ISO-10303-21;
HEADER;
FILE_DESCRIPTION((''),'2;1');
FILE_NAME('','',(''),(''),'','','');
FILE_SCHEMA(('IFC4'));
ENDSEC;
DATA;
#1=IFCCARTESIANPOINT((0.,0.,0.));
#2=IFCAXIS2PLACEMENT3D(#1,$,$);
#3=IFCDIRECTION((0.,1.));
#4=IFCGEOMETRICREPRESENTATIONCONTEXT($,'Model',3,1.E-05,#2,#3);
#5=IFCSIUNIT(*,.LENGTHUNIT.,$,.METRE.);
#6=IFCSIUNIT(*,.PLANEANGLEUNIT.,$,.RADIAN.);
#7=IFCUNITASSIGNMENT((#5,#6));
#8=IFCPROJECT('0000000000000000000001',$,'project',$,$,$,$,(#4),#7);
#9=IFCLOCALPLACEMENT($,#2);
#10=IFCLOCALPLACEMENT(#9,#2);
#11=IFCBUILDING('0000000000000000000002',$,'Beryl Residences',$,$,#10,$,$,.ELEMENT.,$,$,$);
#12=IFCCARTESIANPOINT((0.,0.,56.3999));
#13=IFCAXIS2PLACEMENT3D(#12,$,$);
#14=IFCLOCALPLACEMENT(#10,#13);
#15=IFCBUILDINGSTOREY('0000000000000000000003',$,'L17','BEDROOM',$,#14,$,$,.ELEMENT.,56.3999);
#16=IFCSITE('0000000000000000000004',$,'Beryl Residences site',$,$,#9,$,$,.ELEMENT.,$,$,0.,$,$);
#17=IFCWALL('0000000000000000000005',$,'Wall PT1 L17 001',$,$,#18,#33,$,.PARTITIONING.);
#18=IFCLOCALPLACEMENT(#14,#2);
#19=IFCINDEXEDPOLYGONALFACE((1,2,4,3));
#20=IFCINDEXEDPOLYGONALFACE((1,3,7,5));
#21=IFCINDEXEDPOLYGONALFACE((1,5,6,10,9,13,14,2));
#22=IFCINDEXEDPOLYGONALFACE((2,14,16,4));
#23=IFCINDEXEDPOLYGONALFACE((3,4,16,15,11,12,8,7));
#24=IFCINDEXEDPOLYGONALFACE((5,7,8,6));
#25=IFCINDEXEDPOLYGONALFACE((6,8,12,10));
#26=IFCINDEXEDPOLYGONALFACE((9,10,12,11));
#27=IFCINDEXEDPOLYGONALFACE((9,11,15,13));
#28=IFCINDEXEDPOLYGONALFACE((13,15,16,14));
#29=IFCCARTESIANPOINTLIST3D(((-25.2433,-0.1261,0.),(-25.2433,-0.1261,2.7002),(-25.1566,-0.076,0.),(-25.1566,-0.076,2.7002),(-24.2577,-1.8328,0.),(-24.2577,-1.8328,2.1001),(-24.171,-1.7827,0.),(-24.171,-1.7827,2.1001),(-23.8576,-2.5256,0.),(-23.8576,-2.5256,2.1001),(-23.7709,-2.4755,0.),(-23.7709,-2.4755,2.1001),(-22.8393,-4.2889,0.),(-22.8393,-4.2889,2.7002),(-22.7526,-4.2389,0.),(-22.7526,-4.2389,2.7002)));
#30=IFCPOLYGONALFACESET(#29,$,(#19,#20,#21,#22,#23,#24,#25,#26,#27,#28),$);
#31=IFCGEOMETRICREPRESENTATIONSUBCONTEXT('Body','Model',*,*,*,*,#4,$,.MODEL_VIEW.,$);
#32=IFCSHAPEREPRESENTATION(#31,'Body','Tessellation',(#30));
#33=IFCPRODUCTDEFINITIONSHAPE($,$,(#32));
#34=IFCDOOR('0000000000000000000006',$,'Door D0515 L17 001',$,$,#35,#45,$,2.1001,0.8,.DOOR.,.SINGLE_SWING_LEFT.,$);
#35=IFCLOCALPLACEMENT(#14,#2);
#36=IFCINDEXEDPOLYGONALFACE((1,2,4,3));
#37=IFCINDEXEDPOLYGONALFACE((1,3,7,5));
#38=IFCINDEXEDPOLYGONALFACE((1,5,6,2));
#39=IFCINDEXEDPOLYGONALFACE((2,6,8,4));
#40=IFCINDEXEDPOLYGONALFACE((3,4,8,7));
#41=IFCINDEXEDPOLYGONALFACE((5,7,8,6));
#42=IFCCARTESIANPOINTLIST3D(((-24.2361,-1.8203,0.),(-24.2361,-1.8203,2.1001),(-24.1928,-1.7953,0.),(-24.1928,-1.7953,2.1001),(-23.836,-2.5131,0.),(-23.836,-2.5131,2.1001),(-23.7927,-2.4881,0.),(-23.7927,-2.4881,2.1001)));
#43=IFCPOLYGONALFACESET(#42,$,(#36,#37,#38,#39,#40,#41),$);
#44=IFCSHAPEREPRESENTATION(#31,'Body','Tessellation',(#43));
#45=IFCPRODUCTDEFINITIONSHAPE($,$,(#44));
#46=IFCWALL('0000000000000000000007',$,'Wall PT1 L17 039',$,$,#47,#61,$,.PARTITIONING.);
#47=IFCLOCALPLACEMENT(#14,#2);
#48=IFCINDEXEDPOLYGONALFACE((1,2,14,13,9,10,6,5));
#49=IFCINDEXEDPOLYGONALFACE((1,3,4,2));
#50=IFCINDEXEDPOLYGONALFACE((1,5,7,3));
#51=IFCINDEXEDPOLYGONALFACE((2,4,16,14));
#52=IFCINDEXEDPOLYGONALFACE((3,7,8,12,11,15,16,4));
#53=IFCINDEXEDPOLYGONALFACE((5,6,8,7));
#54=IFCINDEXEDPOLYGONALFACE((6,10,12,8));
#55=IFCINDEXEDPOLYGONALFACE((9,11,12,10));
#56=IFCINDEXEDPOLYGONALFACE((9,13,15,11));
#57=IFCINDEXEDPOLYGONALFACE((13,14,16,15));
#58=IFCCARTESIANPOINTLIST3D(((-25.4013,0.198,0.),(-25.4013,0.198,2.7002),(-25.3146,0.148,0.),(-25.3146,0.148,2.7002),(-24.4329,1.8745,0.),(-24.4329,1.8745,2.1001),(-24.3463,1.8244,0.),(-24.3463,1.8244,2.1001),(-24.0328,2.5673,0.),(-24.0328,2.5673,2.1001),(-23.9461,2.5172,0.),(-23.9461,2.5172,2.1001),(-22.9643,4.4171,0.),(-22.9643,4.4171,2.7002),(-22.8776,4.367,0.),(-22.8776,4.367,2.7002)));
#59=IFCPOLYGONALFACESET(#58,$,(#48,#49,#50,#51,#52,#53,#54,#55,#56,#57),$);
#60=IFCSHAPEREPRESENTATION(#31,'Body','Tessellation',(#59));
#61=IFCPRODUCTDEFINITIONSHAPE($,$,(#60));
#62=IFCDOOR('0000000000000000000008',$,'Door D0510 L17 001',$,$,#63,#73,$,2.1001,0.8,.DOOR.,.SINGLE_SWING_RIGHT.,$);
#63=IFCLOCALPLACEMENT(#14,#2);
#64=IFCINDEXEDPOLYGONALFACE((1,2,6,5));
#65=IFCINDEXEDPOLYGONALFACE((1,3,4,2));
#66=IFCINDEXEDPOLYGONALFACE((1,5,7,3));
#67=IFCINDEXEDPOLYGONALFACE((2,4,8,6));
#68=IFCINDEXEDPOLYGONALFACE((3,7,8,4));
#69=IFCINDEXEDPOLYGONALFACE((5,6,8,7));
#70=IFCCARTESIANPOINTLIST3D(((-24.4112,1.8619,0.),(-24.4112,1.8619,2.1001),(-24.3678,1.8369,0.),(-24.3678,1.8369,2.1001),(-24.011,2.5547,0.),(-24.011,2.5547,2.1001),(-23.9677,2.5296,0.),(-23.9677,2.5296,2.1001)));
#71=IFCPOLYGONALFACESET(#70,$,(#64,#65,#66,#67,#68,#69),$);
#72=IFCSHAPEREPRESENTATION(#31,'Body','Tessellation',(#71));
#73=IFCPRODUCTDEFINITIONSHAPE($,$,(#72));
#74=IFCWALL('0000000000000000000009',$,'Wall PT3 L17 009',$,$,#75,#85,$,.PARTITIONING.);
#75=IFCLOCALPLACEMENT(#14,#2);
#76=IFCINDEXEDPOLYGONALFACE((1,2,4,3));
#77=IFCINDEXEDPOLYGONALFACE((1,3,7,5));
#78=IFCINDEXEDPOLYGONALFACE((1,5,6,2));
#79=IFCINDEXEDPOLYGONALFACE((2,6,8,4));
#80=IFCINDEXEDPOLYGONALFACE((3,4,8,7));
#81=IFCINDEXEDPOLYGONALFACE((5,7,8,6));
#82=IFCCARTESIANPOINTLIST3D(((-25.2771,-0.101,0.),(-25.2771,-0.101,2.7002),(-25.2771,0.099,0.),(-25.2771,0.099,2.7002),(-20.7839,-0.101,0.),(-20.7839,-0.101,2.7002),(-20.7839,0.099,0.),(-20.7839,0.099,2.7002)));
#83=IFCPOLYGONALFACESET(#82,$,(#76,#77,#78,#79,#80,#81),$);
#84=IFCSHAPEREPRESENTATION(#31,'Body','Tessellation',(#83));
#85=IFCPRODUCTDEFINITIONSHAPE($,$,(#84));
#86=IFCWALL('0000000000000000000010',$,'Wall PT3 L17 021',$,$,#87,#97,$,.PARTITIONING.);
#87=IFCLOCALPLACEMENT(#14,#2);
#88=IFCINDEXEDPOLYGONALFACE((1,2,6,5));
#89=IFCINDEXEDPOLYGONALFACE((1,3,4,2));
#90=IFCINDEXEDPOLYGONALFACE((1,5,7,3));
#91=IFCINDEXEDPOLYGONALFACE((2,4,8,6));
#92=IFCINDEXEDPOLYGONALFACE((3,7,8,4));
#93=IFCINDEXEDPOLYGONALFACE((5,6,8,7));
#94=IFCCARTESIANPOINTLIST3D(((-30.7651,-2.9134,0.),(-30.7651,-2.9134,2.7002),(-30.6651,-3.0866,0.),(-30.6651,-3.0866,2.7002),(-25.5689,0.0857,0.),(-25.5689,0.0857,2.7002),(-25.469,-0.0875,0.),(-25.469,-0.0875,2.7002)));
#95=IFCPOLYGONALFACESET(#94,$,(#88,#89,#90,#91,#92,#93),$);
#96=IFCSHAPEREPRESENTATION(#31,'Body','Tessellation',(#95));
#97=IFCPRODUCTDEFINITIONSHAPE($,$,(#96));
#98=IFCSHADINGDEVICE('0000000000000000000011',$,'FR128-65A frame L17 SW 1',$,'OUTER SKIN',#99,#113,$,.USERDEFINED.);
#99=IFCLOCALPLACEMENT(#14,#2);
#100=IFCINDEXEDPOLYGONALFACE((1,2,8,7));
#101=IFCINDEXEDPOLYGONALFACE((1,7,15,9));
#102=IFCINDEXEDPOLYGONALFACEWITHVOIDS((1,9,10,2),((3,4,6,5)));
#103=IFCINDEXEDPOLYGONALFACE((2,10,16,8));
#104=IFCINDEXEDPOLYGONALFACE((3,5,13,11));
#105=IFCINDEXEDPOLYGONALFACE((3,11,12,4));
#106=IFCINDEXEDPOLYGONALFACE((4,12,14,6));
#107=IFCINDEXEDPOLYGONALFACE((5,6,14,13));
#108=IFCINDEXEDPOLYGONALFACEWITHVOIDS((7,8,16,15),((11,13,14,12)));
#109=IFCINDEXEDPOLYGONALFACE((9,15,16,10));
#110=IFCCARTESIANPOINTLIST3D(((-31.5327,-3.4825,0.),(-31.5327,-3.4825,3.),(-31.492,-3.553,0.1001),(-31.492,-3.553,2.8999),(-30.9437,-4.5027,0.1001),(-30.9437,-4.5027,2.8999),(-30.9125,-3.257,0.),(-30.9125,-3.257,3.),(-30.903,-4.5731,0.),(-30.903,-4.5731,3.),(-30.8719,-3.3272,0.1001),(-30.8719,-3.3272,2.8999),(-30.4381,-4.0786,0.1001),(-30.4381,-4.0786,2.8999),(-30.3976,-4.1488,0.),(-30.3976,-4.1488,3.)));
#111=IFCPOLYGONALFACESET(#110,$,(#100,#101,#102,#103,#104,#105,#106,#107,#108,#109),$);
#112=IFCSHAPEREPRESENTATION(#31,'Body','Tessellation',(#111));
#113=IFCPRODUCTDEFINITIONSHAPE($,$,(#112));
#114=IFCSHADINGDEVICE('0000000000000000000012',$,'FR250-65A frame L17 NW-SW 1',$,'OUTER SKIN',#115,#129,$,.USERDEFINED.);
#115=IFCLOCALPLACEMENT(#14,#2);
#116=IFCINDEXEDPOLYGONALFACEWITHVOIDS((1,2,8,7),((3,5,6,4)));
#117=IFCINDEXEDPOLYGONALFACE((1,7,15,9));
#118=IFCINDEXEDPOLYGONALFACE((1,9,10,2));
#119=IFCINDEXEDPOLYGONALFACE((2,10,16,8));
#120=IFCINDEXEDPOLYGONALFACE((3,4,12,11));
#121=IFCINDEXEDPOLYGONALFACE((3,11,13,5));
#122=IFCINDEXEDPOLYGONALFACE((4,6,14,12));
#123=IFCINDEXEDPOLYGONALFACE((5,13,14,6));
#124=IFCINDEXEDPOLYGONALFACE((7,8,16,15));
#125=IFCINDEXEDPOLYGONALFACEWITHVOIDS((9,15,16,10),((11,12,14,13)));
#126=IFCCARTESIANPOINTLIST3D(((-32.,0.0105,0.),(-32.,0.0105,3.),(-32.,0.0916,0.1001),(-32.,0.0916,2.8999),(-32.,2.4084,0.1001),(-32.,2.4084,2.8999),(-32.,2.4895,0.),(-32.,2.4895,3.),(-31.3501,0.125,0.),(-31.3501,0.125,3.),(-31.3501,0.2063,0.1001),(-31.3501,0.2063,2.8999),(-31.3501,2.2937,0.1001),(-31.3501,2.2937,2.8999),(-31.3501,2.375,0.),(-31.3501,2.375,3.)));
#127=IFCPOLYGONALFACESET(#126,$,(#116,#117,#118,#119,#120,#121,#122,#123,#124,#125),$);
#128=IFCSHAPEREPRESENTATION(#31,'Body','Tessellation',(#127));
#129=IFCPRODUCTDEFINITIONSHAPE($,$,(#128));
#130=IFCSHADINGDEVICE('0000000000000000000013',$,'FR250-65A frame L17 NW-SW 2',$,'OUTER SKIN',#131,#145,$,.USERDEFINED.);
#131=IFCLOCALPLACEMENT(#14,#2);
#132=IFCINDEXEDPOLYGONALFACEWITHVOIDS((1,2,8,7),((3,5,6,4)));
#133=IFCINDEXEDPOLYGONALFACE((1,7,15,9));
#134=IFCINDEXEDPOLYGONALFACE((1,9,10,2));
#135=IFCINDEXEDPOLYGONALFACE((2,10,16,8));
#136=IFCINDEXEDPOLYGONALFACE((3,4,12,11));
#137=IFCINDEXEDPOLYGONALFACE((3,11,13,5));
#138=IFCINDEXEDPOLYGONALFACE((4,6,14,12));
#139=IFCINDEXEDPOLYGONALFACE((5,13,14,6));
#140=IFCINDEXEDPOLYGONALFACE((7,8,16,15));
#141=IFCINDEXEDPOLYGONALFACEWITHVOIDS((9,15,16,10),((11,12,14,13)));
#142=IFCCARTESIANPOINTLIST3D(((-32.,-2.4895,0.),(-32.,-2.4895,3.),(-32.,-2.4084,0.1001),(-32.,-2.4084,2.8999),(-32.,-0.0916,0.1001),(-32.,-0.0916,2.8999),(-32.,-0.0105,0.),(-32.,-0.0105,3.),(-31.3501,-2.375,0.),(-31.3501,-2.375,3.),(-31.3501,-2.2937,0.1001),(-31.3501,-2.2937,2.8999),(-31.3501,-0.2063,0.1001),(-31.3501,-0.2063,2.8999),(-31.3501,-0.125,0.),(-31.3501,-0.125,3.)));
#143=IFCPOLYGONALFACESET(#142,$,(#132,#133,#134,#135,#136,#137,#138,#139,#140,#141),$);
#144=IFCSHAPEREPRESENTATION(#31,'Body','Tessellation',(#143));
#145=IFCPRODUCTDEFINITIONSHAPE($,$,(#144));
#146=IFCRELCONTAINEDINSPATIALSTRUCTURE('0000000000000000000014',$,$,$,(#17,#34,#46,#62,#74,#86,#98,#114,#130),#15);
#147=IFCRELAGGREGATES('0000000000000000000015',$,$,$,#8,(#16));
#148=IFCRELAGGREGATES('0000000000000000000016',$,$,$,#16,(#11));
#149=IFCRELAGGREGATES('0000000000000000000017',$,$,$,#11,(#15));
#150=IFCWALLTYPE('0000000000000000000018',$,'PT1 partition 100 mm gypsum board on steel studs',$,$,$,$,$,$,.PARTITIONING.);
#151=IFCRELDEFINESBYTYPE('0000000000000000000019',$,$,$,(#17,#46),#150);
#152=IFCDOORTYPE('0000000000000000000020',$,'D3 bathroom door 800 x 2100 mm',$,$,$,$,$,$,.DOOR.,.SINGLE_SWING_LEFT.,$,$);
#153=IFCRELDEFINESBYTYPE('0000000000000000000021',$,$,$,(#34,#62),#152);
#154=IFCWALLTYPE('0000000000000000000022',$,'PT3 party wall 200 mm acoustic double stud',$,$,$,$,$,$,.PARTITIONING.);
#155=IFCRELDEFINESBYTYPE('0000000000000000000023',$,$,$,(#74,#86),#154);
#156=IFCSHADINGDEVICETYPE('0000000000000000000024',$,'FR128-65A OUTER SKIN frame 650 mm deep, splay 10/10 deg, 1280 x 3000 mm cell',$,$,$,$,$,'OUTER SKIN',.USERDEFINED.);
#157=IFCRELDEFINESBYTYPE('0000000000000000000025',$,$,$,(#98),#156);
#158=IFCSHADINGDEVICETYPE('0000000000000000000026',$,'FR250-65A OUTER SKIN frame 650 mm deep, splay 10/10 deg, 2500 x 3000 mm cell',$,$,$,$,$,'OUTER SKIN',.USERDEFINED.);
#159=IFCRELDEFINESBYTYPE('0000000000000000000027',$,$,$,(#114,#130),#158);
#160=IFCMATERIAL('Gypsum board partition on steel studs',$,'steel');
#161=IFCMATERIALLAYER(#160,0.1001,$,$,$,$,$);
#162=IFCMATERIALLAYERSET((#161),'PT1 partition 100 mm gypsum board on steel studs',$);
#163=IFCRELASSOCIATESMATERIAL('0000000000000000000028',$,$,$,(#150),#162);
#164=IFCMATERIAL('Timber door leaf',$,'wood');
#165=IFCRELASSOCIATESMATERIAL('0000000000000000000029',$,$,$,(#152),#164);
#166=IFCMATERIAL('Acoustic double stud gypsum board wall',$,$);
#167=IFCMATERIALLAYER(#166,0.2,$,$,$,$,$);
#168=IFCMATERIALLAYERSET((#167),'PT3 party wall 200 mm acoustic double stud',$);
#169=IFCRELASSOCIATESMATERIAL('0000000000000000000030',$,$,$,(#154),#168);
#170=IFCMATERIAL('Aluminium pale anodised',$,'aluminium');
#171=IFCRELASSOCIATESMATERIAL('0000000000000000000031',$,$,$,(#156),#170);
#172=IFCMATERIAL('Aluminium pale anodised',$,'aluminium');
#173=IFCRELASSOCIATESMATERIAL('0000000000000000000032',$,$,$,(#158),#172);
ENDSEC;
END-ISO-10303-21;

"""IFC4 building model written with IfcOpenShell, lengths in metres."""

from ifc_helpers import new_model, entity, si_unit, direction, frame, frame_2d, origin, place, context, subcontext, project, spatial, rectangle, extrude, source, transform, mapped, material, layer, layer_set, type_object, type_shapes, element, fill, save


model = new_model("IFC4")

# Units and contexts
model_context = context("Model", 3, precision=1e-05, world=origin(), true_north=direction((0.0, 1.0)))
body_context = subcontext(model_context, "Body", "Model", "MODEL_VIEW")
ifc_project = project(units=[si_unit("LENGTHUNIT", "METRE"), si_unit("PLANEANGLEUNIT", "RADIAN")], contexts=[model_context])

# Site, building, storey
site_placement = place(None, origin())
site = spatial("IfcSite", under=ifc_project, at=site_placement, Name="Beryl Residences site", CompositionType="ELEMENT", RefElevation=0.0)
building_placement = place(site_placement, origin())
building = spatial("IfcBuilding", under=site, at=building_placement, Name="Beryl Residences", CompositionType="ELEMENT")
storey_placement = place(building_placement, frame((0.0, 0.0, 56.3999)))
storey = spatial("IfcBuildingStorey", under=building, at=storey_placement, Name="L17", Description="BEDROOM", CompositionType="ELEMENT", Elevation=56.3999)

# Walls, openings, doors
ifc_material_1 = material(Name="Gypsum board partition on steel studs", Category="steel")
ifc_layer_1 = layer(ifc_material_1, 0.1001)
ifc_layer_set_1 = layer_set([ifc_layer_1], Name="PT1 partition 100 mm gypsum board on steel studs")
wall_type_1 = type_object("IfcWallType", Name="PT1 partition 100 mm gypsum board on steel studs", PredefinedType="PARTITIONING", material=ifc_layer_set_1)
wall_1_placement = place(storey_placement, frame((-25.2, -0.1011, 0.0), z_axis=(0.0, 0.0, 1.0), x_axis=(0.500099, -0.865968, 0.0)))
wall_1 = element("IfcWall", 1, at=wall_1_placement, inside=storey, type_object=wall_type_1, Name="Wall PT1 L17 001", PredefinedType="PARTITIONING", context=body_context, shape_type="SweptSolid", body=[
    extrude(rectangle(XDim=4.8071, YDim=0.1001, at=frame_2d((2.4036, 0.0))), origin(), (0.0, 0.0, 1.0), 2.7002),
])
opening_1_placement = place(wall_1_placement, frame((1.9709, 0.0, 0.0)))
opening_1 = element("IfcOpeningElement", 2, at=opening_1_placement, cuts=wall_1, PredefinedType="OPENING", context=body_context, shape_type="SweptSolid", body=[
    extrude(rectangle(XDim=0.8, YDim=2.1001, at=frame_2d((0.3999, 1.05))), frame((0.0, 0.0601, 0.0), z_axis=(0.0, -1.0, 0.0), x_axis=(1.0, 0.0, 0.0)), (0.0, 0.0, 1.0), 0.1201),
])
ifc_material_2 = material(Name="Timber door leaf", Category="wood")
door_type = type_object("IfcDoorType", Name="D3 bathroom door 800 x 2100 mm", OperationType="SINGLE_SWING_LEFT", PredefinedType="DOOR", material=ifc_material_2)
door_1_placement = place(opening_1_placement, origin())
door_1 = element("IfcDoor", 3, at=door_1_placement, inside=storey, type_object=door_type, Name="Door D0515 L17 001", OperationType="SINGLE_SWING_LEFT", OverallHeight=2.1001, OverallWidth=0.8, PredefinedType="DOOR", context=body_context, shape_type="SweptSolid", body=[
    extrude(rectangle(XDim=0.8, YDim=2.1001, at=frame_2d((0.3999, 1.05))), frame((0.0, 0.0249, 0.0), z_axis=(0.0, -1.0, 0.0), x_axis=(1.0, 0.0, 0.0)), (0.0, 0.0, 1.0), 0.05),
])
fill(opening_1, door_1)
wall_2_placement = place(storey_placement, frame((-25.3579, 0.1731, 0.0), z_axis=(0.0, 0.0, 1.0), x_axis=(0.500181, 0.865921, 0.0)))
wall_2 = element("IfcWall", 4, at=wall_2_placement, inside=storey, type_object=wall_type_1, Name="Wall PT1 L17 039", PredefinedType="PARTITIONING", context=body_context, shape_type="SweptSolid", body=[
    extrude(rectangle(XDim=4.8723, YDim=0.1001, at=frame_2d((2.436, 0.0))), origin(), (0.0, 0.0, 1.0), 2.7002),
])
opening_2_placement = place(wall_2_placement, frame((1.936, 0.0, 0.0)))
opening_2 = element("IfcOpeningElement", 5, at=opening_2_placement, cuts=wall_2, PredefinedType="OPENING", context=body_context, shape_type="SweptSolid", body=[
    extrude(rectangle(XDim=0.8, YDim=2.1001, at=frame_2d((0.3999, 1.05))), frame((0.0, 0.0601, 0.0), z_axis=(0.0, -1.0, 0.0), x_axis=(1.0, 0.0, 0.0)), (0.0, 0.0, 1.0), 0.1201),
])
door_2_placement = place(opening_2_placement, origin())
door_2 = element("IfcDoor", 6, at=door_2_placement, inside=storey, type_object=door_type, Name="Door D0510 L17 001", OperationType="SINGLE_SWING_RIGHT", OverallHeight=2.1001, OverallWidth=0.8, PredefinedType="DOOR", context=body_context, shape_type="SweptSolid", body=[
    extrude(rectangle(XDim=0.8, YDim=2.1001, at=frame_2d((0.3999, 1.05))), frame((0.0, 0.0249, 0.0), z_axis=(0.0, -1.0, 0.0), x_axis=(1.0, 0.0, 0.0)), (0.0, 0.0, 1.0), 0.05),
])
fill(opening_2, door_2)

# Walls
ifc_material_3 = material(Name="Acoustic double stud gypsum board wall")
ifc_layer_2 = layer(ifc_material_3, 0.2)
ifc_layer_set_2 = layer_set([ifc_layer_2], Name="PT3 party wall 200 mm acoustic double stud")
wall_type_2 = type_object("IfcWallType", Name="PT3 party wall 200 mm acoustic double stud", PredefinedType="PARTITIONING", material=ifc_layer_set_2)
wall_3_placement = place(storey_placement, frame((-25.2771, -0.001, 0.0), z_axis=(0.0, 0.0, 1.0), x_axis=(1.0, 0.0, 0.0)))
element("IfcWall", 7, at=wall_3_placement, inside=storey, type_object=wall_type_2, Name="Wall PT3 L17 009", PredefinedType="PARTITIONING", context=body_context, shape_type="SweptSolid", body=[
    extrude(rectangle(XDim=4.4932, YDim=0.2, at=frame_2d((2.2466, 0.0))), origin(), (0.0, 0.0, 1.0), 2.7002),
])
wall_4_placement = place(storey_placement, frame((-30.7151, -3.0, 0.0), z_axis=(0.0, 0.0, 1.0), x_axis=(0.866091, 0.499886, 0.0)))
element("IfcWall", 8, at=wall_4_placement, inside=storey, type_object=wall_type_2, Name="Wall PT3 L17 021", PredefinedType="PARTITIONING", context=body_context, shape_type="SweptSolid", body=[
    extrude(rectangle(XDim=5.9995, YDim=0.2, at=frame_2d((2.9998, 0.0))), origin(), (0.0, 0.0, 1.0), 2.7002),
])

# Shading devices
ifc_material_4 = material(Name="Aluminium pale anodised", Category="aluminium")
shading_device_type_1 = type_object("IfcShadingDeviceType", Name="FR128-65A OUTER SKIN frame 650 mm deep, splay 10/10 deg, 1280 x 3000 mm cell", ElementType="OUTER SKIN", PredefinedType="USERDEFINED", material=ifc_material_4)
cartesian_point_1 = entity("IfcCartesianPoint", [-0.5149, 0.0])
cartesian_point_2 = entity("IfcCartesianPoint", [-0.4338, 0.1001])
cartesian_point_3 = entity("IfcCartesianPoint", [-0.6296, 0.0])
cartesian_point_4 = entity("IfcCartesianPoint", [-0.5483, 0.1001])
shared_shape_1 = source(origin(), body_context, "Body", "SweptSolid", [
    entity("IfcExtrudedAreaSolidTapered", entity("IfcArbitraryProfileDefWithVoids", "AREA", None, entity("IfcPolyline", [cartesian_point_1, entity("IfcCartesianPoint", [0.5149, 0.0]), entity("IfcCartesianPoint", [0.5149, 3.0]), entity("IfcCartesianPoint", [-0.5149, 3.0]), cartesian_point_1]), [entity("IfcPolyline", [cartesian_point_2, entity("IfcCartesianPoint", [0.4338, 0.1001]), entity("IfcCartesianPoint", [0.4338, 2.8999]), entity("IfcCartesianPoint", [-0.4338, 2.8999]), cartesian_point_2])]), entity("IfcAxis2Placement3D", entity("IfcCartesianPoint", [0.0, 0.0, 0.0]), entity("IfcDirection", [0.0, 1.0, 0.0]), entity("IfcDirection", [-1.0, 0.0, 0.0])), entity("IfcDirection", [0.0, 0.0, 1.0]), 0.6499, entity("IfcArbitraryProfileDefWithVoids", "AREA", None, entity("IfcPolyline", [cartesian_point_3, entity("IfcCartesianPoint", [0.6296, 0.0]), entity("IfcCartesianPoint", [0.6296, 3.0]), entity("IfcCartesianPoint", [-0.6296, 3.0]), cartesian_point_3]), [entity("IfcPolyline", [cartesian_point_4, entity("IfcCartesianPoint", [0.5483, 0.1001]), entity("IfcCartesianPoint", [0.5483, 2.8999]), entity("IfcCartesianPoint", [-0.5483, 2.8999]), cartesian_point_4])])),
])
type_shapes(shading_device_type_1, [shared_shape_1])
shading_device_placement = place(storey_placement, frame((-30.655, -3.7029, 0.0), z_axis=(0.0, 0.0, 1.0), x_axis=(-0.5, 0.866025, 0.0)))
element("IfcShadingDevice", 9, at=shading_device_placement, inside=storey, type_object=shading_device_type_1, Name="FR128-65A frame L17 SW 1", ObjectType="OUTER SKIN", PredefinedType="USERDEFINED", context=body_context, shape_type="MappedRepresentation", body=[
    mapped(shared_shape_1, transform((0.0, 0.0, 0.0))),
])
ifc_material_5 = material(Name="Aluminium pale anodised", Category="aluminium")
shading_device_type_2 = type_object("IfcShadingDeviceType", Name="FR250-65A OUTER SKIN frame 650 mm deep, splay 10/10 deg, 2500 x 3000 mm cell", ElementType="OUTER SKIN", PredefinedType="USERDEFINED", material=ifc_material_5)
cartesian_point_5 = entity("IfcCartesianPoint", [-1.125, 0.0])
cartesian_point_6 = entity("IfcCartesianPoint", [-1.0437, 0.1001])
cartesian_point_7 = entity("IfcCartesianPoint", [-1.2395, 0.0])
cartesian_point_8 = entity("IfcCartesianPoint", [-1.1584, 0.1001])
shared_shape_2 = source(origin(), body_context, "Body", "SweptSolid", [
    entity("IfcExtrudedAreaSolidTapered", entity("IfcArbitraryProfileDefWithVoids", "AREA", None, entity("IfcPolyline", [cartesian_point_5, entity("IfcCartesianPoint", [1.125, 0.0]), entity("IfcCartesianPoint", [1.125, 3.0]), entity("IfcCartesianPoint", [-1.125, 3.0]), cartesian_point_5]), [entity("IfcPolyline", [cartesian_point_6, entity("IfcCartesianPoint", [1.0437, 0.1001]), entity("IfcCartesianPoint", [1.0437, 2.8999]), entity("IfcCartesianPoint", [-1.0437, 2.8999]), cartesian_point_6])]), entity("IfcAxis2Placement3D", entity("IfcCartesianPoint", [0.0, 0.0, 0.0]), entity("IfcDirection", [0.0, 1.0, 0.0]), entity("IfcDirection", [-1.0, 0.0, 0.0])), entity("IfcDirection", [0.0, 0.0, 1.0]), 0.6499, entity("IfcArbitraryProfileDefWithVoids", "AREA", None, entity("IfcPolyline", [cartesian_point_7, entity("IfcCartesianPoint", [1.2395, 0.0]), entity("IfcCartesianPoint", [1.2395, 3.0]), entity("IfcCartesianPoint", [-1.2395, 3.0]), cartesian_point_7]), [entity("IfcPolyline", [cartesian_point_8, entity("IfcCartesianPoint", [1.1584, 0.1001]), entity("IfcCartesianPoint", [1.1584, 2.8999]), entity("IfcCartesianPoint", [-1.1584, 2.8999]), cartesian_point_8])])),
])
type_shapes(shading_device_type_2, [shared_shape_2])
for number, where, z_axis, x_axis, name in (
    (10, (-31.3501, 1.25, 0.0), (0.0, 0.0, 1.0), (0.0, 1.0, 0.0), "FR250-65A frame L17 NW-SW 1"),
    (11, (-31.3501, -1.25, 0.0), (0.0, 0.0, 1.0), (0.0, 1.0, 0.0), "FR250-65A frame L17 NW-SW 2"),
):
    element("IfcShadingDevice", number, at=place(storey_placement, frame(where, z_axis=z_axis, x_axis=x_axis)), inside=storey, type_object=shading_device_type_2, Name=name, ObjectType="OUTER SKIN", PredefinedType="USERDEFINED", context=body_context, shape_type="MappedRepresentation", body=[
        mapped(shared_shape_2, transform((0.0, 0.0, 0.0))),
    ])

save(model, "model.ifc")
